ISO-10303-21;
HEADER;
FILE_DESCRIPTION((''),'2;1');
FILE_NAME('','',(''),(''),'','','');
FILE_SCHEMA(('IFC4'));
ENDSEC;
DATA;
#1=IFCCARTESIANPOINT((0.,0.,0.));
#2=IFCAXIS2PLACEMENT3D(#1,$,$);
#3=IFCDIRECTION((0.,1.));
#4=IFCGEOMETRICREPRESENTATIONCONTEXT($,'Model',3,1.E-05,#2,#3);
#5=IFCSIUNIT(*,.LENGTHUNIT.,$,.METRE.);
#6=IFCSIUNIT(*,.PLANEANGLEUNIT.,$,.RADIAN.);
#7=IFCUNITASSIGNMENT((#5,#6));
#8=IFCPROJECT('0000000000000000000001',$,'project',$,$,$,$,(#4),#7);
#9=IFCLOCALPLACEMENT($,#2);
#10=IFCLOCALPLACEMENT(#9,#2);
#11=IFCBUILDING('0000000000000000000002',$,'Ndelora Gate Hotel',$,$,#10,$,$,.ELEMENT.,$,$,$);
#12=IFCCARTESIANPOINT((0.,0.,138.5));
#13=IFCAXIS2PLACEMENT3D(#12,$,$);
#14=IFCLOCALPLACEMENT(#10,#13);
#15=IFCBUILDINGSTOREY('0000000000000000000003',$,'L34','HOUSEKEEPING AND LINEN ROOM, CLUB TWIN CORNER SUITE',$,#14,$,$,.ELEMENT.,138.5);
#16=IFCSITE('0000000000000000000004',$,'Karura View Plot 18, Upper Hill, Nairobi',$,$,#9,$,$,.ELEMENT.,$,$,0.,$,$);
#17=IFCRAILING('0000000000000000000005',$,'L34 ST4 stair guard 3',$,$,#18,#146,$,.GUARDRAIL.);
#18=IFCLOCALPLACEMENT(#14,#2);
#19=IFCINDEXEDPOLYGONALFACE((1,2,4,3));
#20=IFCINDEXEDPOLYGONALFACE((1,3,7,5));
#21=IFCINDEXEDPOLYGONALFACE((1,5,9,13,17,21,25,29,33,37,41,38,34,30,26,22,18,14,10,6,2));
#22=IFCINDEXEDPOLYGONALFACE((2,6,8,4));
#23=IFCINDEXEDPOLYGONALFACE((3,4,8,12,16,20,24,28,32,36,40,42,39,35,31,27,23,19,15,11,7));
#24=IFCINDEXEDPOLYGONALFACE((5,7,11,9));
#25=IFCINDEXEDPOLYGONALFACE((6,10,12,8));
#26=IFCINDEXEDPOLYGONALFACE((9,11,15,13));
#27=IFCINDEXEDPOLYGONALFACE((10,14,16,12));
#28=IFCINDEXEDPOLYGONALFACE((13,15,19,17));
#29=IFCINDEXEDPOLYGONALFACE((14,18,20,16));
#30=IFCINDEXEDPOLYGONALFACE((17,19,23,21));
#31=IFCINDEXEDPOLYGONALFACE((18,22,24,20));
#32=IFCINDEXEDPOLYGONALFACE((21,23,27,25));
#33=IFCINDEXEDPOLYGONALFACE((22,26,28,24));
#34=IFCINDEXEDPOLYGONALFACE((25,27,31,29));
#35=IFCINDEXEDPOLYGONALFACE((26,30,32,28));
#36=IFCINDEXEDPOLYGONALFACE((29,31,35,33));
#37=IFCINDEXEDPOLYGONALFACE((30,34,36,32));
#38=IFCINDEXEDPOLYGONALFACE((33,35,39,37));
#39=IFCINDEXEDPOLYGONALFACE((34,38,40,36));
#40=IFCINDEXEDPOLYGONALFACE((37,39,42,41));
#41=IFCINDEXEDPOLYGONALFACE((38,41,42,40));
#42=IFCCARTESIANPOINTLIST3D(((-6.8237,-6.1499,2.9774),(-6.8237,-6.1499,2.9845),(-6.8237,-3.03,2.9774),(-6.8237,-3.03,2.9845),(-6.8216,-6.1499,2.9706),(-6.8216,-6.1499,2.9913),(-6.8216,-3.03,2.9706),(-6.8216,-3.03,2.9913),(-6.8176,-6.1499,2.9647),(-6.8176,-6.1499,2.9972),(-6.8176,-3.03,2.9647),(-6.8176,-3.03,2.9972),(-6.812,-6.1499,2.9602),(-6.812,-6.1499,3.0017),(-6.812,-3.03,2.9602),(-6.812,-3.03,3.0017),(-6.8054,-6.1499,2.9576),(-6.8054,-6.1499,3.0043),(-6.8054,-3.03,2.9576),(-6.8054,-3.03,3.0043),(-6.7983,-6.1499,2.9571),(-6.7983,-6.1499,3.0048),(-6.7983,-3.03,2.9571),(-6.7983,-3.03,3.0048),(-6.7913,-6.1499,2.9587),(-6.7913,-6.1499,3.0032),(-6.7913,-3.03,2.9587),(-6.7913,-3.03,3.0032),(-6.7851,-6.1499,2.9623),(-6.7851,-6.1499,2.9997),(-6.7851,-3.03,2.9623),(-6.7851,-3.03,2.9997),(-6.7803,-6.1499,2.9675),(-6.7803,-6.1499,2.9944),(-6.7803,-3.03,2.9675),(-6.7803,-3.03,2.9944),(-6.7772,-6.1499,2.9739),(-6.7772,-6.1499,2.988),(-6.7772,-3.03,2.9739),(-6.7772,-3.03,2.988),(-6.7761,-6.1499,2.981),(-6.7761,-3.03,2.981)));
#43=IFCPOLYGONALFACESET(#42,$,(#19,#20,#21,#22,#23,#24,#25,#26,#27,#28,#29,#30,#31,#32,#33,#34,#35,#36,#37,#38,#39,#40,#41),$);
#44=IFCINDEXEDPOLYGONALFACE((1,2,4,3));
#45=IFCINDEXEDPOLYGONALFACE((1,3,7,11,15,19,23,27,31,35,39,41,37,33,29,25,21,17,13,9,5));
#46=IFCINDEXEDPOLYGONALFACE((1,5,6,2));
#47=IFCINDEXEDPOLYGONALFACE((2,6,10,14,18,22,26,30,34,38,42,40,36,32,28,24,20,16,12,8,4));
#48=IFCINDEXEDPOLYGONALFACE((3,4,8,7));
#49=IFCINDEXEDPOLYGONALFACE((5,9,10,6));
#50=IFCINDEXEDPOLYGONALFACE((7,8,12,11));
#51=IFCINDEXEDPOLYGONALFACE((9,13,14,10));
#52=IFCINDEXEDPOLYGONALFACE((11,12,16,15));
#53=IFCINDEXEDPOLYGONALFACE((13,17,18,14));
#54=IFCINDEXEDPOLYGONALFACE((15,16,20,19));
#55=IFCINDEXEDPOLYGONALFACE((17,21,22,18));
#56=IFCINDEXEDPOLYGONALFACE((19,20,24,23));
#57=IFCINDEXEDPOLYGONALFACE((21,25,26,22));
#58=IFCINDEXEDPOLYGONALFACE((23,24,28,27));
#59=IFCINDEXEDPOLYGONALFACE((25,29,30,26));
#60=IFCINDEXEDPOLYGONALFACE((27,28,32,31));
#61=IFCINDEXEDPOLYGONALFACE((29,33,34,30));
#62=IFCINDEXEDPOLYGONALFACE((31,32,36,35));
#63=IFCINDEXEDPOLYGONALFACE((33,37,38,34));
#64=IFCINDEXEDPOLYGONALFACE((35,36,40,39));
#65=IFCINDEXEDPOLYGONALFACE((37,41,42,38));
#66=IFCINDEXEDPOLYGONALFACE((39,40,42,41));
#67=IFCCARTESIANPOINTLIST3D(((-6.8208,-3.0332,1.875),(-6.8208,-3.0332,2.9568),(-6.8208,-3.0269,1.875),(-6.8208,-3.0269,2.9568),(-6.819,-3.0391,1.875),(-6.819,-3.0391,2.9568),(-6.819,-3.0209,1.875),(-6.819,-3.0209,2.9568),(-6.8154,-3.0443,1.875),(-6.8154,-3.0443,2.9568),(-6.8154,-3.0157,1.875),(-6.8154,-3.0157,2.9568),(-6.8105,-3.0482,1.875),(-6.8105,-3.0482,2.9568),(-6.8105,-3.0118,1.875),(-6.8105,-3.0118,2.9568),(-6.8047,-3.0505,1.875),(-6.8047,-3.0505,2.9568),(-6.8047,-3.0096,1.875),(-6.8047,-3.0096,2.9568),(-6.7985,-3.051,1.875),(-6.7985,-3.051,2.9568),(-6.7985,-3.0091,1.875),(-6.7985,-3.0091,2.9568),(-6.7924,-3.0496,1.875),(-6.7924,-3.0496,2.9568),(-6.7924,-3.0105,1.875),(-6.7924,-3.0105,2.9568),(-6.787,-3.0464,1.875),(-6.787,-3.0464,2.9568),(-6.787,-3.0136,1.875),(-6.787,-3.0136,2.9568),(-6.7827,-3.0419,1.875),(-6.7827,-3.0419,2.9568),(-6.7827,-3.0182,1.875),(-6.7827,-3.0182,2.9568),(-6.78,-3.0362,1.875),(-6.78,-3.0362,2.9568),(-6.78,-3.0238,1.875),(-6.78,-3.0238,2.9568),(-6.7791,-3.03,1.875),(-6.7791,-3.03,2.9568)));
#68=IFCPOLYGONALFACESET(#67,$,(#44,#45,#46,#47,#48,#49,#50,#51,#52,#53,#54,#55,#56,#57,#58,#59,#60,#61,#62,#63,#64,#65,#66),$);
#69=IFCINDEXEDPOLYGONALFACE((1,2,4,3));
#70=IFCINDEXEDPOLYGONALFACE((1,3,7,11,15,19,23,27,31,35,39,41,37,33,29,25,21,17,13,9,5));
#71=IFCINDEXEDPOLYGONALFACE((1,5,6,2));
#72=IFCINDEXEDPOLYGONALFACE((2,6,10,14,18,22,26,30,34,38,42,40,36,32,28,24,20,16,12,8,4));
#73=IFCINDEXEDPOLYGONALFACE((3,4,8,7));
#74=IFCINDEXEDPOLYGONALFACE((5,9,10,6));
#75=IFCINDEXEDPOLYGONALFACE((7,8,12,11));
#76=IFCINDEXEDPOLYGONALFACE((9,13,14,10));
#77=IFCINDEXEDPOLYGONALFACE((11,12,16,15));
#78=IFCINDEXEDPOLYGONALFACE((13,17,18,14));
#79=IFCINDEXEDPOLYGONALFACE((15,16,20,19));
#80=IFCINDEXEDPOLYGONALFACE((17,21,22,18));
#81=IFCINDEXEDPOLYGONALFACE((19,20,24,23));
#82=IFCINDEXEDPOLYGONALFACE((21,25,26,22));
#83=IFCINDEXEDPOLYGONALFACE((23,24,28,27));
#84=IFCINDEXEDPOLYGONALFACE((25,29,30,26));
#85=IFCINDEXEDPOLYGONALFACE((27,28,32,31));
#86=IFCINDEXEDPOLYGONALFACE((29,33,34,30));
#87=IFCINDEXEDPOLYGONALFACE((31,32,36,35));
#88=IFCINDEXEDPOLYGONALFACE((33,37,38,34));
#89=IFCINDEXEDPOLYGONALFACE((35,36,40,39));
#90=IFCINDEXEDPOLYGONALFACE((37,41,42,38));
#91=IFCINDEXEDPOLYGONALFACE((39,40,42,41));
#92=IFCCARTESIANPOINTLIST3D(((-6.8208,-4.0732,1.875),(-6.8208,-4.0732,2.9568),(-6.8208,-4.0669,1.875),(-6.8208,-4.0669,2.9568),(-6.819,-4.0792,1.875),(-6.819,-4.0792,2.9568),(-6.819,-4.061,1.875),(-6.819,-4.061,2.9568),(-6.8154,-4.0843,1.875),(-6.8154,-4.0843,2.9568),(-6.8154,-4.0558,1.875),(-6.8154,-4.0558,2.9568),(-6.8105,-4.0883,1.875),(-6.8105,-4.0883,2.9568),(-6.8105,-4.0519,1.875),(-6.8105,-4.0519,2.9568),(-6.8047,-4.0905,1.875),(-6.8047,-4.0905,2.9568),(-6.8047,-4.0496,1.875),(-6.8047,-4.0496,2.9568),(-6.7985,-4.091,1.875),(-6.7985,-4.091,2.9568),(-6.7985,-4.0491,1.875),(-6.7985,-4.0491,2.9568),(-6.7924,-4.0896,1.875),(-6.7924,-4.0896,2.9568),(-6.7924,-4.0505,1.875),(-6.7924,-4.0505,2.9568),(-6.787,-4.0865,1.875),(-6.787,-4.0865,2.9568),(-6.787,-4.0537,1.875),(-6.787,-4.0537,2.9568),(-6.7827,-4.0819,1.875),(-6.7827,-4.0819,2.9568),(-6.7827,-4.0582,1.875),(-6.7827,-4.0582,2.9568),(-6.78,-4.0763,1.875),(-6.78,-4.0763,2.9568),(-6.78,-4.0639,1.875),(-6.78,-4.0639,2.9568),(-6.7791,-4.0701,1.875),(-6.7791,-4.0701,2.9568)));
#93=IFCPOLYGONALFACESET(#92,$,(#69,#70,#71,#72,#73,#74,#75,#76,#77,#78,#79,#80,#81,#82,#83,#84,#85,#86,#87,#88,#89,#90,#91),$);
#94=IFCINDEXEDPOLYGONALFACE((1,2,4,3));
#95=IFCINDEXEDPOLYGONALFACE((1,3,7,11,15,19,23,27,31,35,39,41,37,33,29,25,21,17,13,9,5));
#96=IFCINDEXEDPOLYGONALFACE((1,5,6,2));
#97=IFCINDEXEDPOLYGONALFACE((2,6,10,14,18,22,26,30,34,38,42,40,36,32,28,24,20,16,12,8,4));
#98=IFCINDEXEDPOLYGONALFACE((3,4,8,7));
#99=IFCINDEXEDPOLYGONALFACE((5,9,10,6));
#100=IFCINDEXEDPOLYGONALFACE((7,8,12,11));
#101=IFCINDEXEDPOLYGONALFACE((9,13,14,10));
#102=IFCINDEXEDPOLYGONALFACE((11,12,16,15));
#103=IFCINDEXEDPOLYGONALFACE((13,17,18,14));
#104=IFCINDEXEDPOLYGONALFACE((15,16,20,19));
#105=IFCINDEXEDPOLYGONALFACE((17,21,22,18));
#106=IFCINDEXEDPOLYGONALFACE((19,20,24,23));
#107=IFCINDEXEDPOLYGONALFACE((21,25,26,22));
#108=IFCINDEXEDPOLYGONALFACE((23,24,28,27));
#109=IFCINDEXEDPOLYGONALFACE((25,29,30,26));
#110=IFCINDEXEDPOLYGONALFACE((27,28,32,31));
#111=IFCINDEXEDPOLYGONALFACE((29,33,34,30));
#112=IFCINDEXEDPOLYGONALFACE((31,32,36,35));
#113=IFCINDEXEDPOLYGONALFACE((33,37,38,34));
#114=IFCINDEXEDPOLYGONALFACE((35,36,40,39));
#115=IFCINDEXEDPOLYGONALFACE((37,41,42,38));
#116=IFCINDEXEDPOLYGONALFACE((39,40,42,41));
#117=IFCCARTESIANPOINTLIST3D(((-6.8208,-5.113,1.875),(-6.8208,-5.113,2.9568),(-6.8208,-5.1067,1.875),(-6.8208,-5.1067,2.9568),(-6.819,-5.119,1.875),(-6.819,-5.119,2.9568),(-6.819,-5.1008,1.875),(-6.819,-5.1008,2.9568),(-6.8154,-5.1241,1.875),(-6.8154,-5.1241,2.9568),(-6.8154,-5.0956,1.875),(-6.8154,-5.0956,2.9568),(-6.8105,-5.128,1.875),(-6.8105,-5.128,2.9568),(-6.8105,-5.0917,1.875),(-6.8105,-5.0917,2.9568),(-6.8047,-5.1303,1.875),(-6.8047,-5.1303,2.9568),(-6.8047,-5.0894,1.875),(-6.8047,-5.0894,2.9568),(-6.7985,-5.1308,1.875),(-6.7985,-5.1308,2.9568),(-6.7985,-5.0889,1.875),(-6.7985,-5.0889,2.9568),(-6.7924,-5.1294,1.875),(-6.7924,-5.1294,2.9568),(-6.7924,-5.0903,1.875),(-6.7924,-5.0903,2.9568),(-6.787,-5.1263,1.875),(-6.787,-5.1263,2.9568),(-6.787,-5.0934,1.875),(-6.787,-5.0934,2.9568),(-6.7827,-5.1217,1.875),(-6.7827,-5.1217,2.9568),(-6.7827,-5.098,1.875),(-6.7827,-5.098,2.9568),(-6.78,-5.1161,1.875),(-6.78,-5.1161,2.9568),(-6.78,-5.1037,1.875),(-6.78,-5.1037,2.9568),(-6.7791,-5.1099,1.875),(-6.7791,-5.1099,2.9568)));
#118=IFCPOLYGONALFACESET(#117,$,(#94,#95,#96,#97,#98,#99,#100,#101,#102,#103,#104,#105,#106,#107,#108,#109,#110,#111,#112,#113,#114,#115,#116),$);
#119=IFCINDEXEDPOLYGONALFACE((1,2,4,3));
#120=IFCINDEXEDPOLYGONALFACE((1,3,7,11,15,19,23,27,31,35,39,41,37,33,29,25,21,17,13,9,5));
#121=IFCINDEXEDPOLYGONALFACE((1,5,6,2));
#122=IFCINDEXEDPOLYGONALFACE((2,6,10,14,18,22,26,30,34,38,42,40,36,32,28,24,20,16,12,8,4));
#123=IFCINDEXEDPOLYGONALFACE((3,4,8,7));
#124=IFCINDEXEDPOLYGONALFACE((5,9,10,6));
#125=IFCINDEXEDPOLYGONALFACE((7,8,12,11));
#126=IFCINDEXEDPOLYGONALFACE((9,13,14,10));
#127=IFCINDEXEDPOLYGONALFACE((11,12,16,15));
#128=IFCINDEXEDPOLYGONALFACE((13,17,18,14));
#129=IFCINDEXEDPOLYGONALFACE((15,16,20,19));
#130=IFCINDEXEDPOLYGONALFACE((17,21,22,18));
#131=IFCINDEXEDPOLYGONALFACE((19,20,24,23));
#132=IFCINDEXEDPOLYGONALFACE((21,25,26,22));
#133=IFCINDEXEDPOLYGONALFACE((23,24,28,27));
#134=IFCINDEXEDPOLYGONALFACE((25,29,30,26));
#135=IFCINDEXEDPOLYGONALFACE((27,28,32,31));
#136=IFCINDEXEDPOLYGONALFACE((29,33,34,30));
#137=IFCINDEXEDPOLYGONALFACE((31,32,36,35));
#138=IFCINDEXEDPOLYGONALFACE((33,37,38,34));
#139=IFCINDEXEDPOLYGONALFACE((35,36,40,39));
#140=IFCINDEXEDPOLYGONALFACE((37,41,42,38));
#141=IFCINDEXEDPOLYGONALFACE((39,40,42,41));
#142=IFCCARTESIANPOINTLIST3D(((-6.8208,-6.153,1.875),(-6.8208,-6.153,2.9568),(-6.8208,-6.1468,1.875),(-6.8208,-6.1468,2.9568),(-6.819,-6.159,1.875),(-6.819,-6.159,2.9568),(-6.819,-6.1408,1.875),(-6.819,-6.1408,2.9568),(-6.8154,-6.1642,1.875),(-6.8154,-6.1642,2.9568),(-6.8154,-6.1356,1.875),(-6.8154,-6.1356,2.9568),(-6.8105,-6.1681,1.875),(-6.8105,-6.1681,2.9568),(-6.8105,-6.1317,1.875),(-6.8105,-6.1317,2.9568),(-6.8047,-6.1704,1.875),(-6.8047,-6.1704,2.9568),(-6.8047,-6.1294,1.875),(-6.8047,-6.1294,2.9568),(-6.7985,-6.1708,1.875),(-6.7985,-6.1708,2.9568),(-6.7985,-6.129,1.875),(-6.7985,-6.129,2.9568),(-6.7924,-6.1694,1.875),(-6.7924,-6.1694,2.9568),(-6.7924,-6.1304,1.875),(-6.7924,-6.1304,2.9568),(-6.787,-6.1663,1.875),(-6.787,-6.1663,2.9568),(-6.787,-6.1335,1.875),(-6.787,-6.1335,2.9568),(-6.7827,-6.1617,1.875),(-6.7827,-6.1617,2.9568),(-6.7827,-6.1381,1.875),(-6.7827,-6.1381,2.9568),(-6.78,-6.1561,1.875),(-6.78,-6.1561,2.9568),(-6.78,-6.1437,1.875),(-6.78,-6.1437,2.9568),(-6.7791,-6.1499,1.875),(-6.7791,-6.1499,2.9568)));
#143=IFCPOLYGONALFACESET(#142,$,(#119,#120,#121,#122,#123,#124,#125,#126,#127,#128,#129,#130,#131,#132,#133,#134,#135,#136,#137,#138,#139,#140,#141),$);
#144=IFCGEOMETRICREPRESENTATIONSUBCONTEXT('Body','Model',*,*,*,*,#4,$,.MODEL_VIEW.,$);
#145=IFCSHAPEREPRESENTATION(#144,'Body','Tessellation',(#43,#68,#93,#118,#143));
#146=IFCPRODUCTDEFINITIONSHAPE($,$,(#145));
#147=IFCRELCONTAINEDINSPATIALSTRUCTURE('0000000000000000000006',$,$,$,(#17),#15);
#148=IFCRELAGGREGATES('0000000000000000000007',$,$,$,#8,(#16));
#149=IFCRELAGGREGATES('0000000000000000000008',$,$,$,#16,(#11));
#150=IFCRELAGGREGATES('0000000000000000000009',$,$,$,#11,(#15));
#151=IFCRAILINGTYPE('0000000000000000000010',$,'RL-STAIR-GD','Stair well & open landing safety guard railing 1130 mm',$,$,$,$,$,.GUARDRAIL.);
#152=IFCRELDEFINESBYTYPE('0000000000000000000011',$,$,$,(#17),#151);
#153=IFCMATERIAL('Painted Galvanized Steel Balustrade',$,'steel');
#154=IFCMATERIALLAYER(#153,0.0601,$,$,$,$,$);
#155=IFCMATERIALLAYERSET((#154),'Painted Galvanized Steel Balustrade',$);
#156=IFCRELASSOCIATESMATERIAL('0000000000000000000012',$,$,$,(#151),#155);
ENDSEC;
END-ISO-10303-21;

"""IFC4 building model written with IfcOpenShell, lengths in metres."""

from ifc_helpers import new_model, si_unit, direction, frame, origin, origin_2d, place, context, subcontext, project, spatial, circle, extrude, material, layer, layer_set, type_object, element, save


model = new_model("IFC4")

# Units and contexts
model_context = context("Model", 3, precision=1e-05, world=origin(), true_north=direction((0.0, 1.0)))
body_context = subcontext(model_context, "Body", "Model", "MODEL_VIEW")
ifc_project = project(units=[si_unit("LENGTHUNIT", "METRE"), si_unit("PLANEANGLEUNIT", "RADIAN")], contexts=[model_context])

# Site, building, storey
site_placement = place(None, origin())
site = spatial("IfcSite", under=ifc_project, at=site_placement, Name="Karura View Plot 18, Upper Hill, Nairobi", CompositionType="ELEMENT", RefElevation=0.0)
building_placement = place(site_placement, origin())
building = spatial("IfcBuilding", under=site, at=building_placement, Name="Ndelora Gate Hotel", CompositionType="ELEMENT")
storey_placement = place(building_placement, frame((0.0, 0.0, 138.5)))
storey = spatial("IfcBuildingStorey", under=building, at=storey_placement, Name="L34", Description="HOUSEKEEPING AND LINEN ROOM, CLUB TWIN CORNER SUITE", CompositionType="ELEMENT", Elevation=138.5)

# Railing
ifc_material_1 = material(Name="Painted Galvanized Steel Balustrade", Category="steel")
ifc_layer_1 = layer(ifc_material_1, 0.0601)
ifc_layer_set_1 = layer_set([ifc_layer_1], Name="Painted Galvanized Steel Balustrade")
railing_type_1 = type_object("IfcRailingType", Name="RL-STAIR-GD", Description="Stair well & open landing safety guard railing 1130 mm", PredefinedType="GUARDRAIL", material=ifc_layer_set_1)
for number, where, name in (
    (1, (-6.8, -3.03, 1.875), "L34 ST4 stair guard 3"),
):
    element("IfcRailing", number, at=place(storey_placement, frame(where)), inside=storey, type_object=railing_type_1, Name=name, PredefinedType="GUARDRAIL", context=body_context, shape_type="SweptSolid", body=[
        extrude(circle(Radius=0.0239, at=origin_2d()), frame((0.0, 0.0, 1.106), z_axis=(0.0, -1.0, 0.0), x_axis=(1.0, 0.0, 0.0)), (0.0, 0.0, 1.0), 3.1199),
        extrude(circle(Radius=0.021, at=origin_2d()), origin(), (0.0, 0.0, 1.0), 1.0818),
        extrude(circle(Radius=0.021, at=origin_2d()), frame((0.0, -1.04, 0.0)), (0.0, 0.0, 1.0), 1.0818),
        extrude(circle(Radius=0.021, at=origin_2d()), frame((0.0, -2.0798, 0.0)), (0.0, 0.0, 1.0), 1.0818),
        extrude(circle(Radius=0.021, at=origin_2d()), frame((0.0, -3.1199, 0.0)), (0.0, 0.0, 1.0), 1.0818),
    ])

save(model, "model.ifc")
